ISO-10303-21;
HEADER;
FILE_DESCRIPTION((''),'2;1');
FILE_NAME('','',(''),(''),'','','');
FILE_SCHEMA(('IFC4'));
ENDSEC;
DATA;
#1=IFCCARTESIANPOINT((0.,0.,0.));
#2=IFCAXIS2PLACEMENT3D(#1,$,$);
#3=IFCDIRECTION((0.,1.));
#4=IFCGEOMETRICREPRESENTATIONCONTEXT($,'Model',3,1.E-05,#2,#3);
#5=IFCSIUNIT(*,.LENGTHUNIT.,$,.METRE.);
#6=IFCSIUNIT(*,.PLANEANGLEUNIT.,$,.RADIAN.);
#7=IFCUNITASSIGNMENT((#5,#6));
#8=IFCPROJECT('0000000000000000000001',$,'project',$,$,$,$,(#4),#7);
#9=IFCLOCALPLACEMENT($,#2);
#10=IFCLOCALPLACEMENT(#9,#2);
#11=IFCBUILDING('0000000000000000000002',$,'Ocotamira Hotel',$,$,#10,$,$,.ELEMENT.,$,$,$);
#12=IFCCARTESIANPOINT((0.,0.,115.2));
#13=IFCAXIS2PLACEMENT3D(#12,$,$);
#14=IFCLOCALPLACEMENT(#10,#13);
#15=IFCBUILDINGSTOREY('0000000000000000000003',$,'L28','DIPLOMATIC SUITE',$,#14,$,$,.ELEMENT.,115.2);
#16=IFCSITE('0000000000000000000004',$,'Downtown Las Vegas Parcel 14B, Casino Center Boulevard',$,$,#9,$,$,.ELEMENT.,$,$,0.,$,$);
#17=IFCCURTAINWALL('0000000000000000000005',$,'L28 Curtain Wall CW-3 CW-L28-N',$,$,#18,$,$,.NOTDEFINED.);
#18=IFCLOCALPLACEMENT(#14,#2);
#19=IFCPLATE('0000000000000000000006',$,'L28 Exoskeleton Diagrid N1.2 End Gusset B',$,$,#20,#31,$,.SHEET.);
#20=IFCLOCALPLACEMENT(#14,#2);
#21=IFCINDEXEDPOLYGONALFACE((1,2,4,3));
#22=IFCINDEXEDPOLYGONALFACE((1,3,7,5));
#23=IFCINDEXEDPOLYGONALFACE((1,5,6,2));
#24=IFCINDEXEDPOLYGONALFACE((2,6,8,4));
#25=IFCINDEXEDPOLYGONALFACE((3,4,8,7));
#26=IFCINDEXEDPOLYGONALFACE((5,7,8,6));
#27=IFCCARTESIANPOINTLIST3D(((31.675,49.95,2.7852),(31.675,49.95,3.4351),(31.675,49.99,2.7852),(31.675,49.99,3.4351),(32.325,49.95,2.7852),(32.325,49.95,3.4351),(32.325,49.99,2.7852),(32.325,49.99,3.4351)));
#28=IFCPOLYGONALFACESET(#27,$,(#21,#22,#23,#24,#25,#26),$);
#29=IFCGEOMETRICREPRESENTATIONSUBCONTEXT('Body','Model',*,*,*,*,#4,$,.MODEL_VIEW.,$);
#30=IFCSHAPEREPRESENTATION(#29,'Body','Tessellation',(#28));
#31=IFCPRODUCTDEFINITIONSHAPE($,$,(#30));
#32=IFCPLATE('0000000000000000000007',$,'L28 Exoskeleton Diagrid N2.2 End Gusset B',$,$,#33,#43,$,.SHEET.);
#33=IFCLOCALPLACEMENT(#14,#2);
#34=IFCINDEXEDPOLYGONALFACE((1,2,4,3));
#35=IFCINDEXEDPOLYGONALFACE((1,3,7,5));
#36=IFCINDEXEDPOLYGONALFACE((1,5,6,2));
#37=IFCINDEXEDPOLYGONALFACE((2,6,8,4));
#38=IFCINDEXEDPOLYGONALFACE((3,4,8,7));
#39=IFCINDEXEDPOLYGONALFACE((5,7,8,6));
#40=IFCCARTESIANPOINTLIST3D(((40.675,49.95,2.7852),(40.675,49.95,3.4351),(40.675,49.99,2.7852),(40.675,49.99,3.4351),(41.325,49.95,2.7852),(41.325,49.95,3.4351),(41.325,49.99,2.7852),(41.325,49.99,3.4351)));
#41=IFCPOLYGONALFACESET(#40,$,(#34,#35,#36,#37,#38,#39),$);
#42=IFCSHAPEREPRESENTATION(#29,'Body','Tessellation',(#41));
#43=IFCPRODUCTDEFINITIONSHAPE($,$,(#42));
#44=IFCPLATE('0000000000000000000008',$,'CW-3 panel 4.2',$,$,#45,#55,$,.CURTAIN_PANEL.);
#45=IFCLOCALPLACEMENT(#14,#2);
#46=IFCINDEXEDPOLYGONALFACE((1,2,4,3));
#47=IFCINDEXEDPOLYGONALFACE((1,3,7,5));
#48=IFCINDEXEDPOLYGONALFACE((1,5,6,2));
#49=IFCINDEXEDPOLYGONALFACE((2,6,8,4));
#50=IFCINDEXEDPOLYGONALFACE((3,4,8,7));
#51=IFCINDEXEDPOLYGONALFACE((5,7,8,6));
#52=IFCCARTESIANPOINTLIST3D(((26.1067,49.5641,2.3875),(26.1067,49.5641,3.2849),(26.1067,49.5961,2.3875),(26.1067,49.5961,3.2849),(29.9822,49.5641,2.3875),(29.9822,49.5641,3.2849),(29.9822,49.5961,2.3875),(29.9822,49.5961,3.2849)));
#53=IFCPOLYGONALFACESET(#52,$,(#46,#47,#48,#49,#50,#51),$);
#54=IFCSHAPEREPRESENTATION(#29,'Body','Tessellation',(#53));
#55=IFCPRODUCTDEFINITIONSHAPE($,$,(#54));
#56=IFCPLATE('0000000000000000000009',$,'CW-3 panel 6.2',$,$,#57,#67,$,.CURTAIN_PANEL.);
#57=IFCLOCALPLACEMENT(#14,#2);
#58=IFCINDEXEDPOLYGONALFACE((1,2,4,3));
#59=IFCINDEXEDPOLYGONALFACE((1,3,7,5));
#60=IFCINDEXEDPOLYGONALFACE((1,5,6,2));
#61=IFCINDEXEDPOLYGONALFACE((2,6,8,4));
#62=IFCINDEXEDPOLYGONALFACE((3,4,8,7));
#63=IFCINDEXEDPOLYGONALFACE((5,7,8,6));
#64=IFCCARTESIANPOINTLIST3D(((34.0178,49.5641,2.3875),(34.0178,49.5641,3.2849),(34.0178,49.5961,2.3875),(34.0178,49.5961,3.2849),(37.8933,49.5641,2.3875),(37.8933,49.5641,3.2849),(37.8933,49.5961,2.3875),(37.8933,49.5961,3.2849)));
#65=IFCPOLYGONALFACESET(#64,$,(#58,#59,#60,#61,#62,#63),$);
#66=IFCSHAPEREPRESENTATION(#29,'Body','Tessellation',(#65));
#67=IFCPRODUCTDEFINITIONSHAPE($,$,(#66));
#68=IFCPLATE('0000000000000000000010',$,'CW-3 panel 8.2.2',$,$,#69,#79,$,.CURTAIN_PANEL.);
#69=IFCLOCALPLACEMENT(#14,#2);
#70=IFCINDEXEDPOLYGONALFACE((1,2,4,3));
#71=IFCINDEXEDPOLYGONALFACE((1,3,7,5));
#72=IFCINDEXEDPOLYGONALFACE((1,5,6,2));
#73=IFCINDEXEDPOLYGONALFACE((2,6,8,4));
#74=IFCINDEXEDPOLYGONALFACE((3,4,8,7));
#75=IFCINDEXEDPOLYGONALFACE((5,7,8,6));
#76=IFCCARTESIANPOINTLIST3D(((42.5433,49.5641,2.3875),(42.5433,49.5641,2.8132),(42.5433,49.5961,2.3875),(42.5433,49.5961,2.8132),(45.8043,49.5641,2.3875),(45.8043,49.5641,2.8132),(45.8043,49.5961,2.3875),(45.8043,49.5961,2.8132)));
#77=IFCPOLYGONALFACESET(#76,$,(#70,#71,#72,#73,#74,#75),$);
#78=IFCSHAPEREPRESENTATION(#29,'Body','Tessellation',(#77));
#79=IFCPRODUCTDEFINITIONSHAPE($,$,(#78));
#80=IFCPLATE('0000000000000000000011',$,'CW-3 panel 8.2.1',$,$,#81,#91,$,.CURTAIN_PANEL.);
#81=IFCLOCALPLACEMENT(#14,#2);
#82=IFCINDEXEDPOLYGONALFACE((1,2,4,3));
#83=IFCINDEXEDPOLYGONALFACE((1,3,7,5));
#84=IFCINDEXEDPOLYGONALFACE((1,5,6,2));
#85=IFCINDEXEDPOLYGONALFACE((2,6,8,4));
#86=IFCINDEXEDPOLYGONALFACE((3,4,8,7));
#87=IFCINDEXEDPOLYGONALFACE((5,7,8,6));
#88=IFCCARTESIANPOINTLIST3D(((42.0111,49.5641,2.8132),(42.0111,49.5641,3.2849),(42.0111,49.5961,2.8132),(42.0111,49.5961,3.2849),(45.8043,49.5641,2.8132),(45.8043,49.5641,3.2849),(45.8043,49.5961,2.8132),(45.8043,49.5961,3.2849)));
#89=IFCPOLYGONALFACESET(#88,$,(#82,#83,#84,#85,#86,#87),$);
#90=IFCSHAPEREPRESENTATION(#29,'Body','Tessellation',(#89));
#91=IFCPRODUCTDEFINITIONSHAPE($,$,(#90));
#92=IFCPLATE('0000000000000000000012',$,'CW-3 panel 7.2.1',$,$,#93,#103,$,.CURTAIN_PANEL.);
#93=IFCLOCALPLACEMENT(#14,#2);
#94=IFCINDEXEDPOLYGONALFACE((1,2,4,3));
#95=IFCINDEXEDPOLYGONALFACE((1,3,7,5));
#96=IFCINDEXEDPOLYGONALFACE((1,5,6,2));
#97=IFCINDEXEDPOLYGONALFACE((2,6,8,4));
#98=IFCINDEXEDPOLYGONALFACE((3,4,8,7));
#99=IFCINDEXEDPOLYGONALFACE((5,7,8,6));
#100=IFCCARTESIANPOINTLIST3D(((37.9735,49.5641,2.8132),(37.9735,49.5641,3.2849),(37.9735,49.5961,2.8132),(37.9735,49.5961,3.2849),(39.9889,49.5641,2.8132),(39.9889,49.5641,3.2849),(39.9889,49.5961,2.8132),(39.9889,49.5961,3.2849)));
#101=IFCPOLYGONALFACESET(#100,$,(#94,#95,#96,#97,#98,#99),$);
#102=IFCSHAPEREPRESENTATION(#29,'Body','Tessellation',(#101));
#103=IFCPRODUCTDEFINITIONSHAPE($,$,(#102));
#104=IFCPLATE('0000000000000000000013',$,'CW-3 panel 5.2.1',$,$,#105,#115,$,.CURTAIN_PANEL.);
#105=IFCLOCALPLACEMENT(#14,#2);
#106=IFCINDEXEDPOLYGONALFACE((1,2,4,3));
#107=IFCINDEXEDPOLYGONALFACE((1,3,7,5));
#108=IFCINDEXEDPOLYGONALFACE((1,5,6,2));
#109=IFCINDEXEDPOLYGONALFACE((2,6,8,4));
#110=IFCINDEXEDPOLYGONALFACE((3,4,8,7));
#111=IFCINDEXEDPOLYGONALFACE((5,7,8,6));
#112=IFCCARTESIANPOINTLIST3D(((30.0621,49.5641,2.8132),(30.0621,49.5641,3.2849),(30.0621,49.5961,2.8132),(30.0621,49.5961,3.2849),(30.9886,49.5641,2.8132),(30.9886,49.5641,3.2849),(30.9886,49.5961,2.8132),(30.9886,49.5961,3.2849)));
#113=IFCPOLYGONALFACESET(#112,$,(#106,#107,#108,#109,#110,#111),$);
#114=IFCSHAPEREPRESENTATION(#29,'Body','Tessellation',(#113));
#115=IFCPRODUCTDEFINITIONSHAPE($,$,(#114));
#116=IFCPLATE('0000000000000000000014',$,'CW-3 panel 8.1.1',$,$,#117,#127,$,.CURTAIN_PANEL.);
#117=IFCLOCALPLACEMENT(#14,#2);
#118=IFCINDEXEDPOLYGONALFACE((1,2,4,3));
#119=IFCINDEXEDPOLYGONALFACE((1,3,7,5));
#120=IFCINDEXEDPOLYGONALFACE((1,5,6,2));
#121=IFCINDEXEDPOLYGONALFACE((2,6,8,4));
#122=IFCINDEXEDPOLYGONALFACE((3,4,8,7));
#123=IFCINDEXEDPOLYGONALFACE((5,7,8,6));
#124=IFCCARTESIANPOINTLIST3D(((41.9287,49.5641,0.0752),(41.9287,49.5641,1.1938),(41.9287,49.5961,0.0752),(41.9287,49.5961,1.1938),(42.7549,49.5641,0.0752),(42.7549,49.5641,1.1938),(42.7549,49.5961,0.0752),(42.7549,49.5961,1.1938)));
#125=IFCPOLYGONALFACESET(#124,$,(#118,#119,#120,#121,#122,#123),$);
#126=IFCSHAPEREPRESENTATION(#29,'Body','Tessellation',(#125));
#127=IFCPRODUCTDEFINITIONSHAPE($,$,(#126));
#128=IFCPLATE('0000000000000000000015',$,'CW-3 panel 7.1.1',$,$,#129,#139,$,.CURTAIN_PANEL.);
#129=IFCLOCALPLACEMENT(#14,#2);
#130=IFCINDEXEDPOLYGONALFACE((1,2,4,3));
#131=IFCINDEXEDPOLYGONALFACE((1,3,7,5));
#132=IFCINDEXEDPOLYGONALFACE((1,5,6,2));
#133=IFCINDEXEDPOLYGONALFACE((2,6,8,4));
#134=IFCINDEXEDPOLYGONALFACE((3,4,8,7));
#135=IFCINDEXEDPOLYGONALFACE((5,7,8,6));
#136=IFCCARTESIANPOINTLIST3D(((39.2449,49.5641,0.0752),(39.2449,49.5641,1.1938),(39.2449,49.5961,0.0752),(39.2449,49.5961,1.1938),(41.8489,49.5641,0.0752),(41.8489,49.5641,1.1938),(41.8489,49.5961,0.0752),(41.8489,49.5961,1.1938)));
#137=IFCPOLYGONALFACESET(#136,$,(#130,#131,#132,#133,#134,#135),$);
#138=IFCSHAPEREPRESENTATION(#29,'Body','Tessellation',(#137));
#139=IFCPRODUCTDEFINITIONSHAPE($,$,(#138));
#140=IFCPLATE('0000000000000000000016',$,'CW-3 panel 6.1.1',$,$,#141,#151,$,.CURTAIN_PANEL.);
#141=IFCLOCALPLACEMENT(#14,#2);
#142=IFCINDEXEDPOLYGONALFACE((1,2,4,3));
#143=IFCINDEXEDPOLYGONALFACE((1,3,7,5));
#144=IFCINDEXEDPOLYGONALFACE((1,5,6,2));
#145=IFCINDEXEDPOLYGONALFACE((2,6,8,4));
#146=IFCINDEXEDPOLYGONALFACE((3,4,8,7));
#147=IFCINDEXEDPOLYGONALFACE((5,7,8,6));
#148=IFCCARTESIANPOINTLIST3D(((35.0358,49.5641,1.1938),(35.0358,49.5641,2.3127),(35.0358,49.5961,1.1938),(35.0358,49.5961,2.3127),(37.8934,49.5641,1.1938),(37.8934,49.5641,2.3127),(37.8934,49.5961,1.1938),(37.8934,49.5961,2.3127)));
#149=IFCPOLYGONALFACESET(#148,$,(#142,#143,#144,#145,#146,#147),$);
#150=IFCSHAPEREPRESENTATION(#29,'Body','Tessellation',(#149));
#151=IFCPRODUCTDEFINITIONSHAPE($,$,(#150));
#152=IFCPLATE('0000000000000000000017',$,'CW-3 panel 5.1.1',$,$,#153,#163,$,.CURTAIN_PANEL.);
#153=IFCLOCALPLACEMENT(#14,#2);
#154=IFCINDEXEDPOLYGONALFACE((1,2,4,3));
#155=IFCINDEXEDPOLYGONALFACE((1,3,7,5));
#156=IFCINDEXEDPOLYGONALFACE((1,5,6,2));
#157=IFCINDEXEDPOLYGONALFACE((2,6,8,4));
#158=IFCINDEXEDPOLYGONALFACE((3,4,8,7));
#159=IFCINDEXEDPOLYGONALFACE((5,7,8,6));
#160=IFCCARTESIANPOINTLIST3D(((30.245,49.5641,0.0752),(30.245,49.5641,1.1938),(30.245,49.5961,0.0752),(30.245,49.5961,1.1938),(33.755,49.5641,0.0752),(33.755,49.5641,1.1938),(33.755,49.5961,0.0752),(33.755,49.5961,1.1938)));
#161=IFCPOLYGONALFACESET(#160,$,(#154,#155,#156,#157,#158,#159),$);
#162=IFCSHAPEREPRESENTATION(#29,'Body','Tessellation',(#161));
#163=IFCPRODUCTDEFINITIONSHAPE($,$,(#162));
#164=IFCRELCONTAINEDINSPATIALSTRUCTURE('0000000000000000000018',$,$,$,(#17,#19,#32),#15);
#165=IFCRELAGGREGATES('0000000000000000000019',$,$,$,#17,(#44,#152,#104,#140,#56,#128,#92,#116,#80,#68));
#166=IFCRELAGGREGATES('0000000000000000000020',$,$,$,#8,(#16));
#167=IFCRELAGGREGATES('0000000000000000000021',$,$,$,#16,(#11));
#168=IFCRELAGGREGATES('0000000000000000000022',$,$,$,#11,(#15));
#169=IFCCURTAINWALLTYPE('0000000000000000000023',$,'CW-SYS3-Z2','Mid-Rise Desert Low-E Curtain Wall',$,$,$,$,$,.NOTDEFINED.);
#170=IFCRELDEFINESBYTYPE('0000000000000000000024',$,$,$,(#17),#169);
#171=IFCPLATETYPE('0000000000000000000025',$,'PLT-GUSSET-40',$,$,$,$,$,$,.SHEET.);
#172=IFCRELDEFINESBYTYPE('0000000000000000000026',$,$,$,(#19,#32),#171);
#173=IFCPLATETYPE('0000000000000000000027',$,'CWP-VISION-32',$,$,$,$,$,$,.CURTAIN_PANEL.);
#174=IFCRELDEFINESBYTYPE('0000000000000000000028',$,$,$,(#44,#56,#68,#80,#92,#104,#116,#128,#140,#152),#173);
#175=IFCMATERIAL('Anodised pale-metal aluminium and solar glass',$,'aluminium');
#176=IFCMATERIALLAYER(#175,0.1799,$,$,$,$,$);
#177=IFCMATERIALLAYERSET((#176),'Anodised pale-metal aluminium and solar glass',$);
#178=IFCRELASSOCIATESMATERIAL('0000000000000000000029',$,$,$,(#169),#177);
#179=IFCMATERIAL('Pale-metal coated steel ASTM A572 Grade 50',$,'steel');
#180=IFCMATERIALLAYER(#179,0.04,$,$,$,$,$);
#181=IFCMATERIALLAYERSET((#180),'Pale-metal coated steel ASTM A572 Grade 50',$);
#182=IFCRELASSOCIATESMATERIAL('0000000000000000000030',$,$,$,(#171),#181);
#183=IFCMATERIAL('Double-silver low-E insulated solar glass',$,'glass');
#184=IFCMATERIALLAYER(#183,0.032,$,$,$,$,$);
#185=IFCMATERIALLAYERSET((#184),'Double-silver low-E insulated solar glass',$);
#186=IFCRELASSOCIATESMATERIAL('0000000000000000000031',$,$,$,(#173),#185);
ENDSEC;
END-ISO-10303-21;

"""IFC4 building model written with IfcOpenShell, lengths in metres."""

from ifc_helpers import new_model, si_unit, direction, frame, origin, origin_2d, place, context, subcontext, project, spatial, rectangle, extrude, source, transform, mapped, material, layer, layer_set, type_object, element, aggregate, save


model = new_model("IFC4")

# Units and contexts
model_context = context("Model", 3, precision=1e-05, world=origin(), true_north=direction((0.0, 1.0)))
body_context = subcontext(model_context, "Body", "Model", "MODEL_VIEW")
ifc_project = project(units=[si_unit("LENGTHUNIT", "METRE"), si_unit("PLANEANGLEUNIT", "RADIAN")], contexts=[model_context])

# Site, building, storey
site_placement = place(None, origin())
site = spatial("IfcSite", under=ifc_project, at=site_placement, Name="Downtown Las Vegas Parcel 14B, Casino Center Boulevard", CompositionType="ELEMENT", RefElevation=0.0)
building_placement = place(site_placement, origin())
building = spatial("IfcBuilding", under=site, at=building_placement, Name="Ocotamira Hotel", CompositionType="ELEMENT")
storey_placement = place(building_placement, frame((0.0, 0.0, 115.2)))
storey = spatial("IfcBuildingStorey", under=building, at=storey_placement, Name="L28", Description="DIPLOMATIC SUITE", CompositionType="ELEMENT", Elevation=115.2)

# Curtain wall
ifc_material_1 = material(Name="Anodised pale-metal aluminium and solar glass", Category="aluminium")
ifc_layer_1 = layer(ifc_material_1, 0.1799)
ifc_layer_set_1 = layer_set([ifc_layer_1], Name="Anodised pale-metal aluminium and solar glass")
curtain_wall_type = type_object("IfcCurtainWallType", Name="CW-SYS3-Z2", Description="Mid-Rise Desert Low-E Curtain Wall", PredefinedType="NOTDEFINED", material=ifc_layer_set_1)
curtain_wall_placement = place(storey_placement, origin())
curtain_wall = element("IfcCurtainWall", 1, at=curtain_wall_placement, inside=storey, type_object=curtain_wall_type, Name="L28 Curtain Wall CW-3 CW-L28-N", PredefinedType="NOTDEFINED")

# Plates
ifc_material_2 = material(Name="Pale-metal coated steel ASTM A572 Grade 50", Category="steel")
ifc_layer_2 = layer(ifc_material_2, 0.04)
ifc_layer_set_2 = layer_set([ifc_layer_2], Name="Pale-metal coated steel ASTM A572 Grade 50")
plate_type_1 = type_object("IfcPlateType", Name="PLT-GUSSET-40", PredefinedType="SHEET", material=ifc_layer_set_2)
shared_shape_1 = source(origin(), body_context, "Body", "SweptSolid", [
    extrude(rectangle(XDim=0.6499, YDim=0.04, at=origin_2d()), origin(), (0.0, 0.0, 1.0), 0.6499),
])
for number, where, z_axis, x_axis, name in (
    (2, (32.0, 49.97, 2.7852), (0.0, 0.0, 1.0), (1.0, 0.0, 0.0), "L28 Exoskeleton Diagrid N1.2 End Gusset B"),
    (3, (41.0, 49.97, 2.7852), (0.0, 0.0, 1.0), (1.0, 0.0, 0.0), "L28 Exoskeleton Diagrid N2.2 End Gusset B"),
):
    element("IfcPlate", number, at=place(storey_placement, frame(where, z_axis=z_axis, x_axis=x_axis)), inside=storey, type_object=plate_type_1, Name=name, PredefinedType="SHEET", context=body_context, shape_type="MappedRepresentation", body=[
        mapped(shared_shape_1, transform((0.0, 0.0, 0.0), scale=1.0)),
    ])

# Plates
ifc_material_3 = material(Name="Double-silver low-E insulated solar glass", Category="glass")
ifc_layer_3 = layer(ifc_material_3, 0.032)
ifc_layer_set_3 = layer_set([ifc_layer_3], Name="Double-silver low-E insulated solar glass")
plate_type_2 = type_object("IfcPlateType", Name="CWP-VISION-32", PredefinedType="CURTAIN_PANEL", material=ifc_layer_set_3)
shared_shape_2 = source(origin(), body_context, "Body", "SweptSolid", [
    extrude(rectangle(XDim=3.8755, YDim=0.032, at=origin_2d()), origin(), (0.0, 0.0, 1.0), 0.8975),
])
plate_1_placement = place(storey_placement, frame((28.0444, 49.5801, 2.3875), z_axis=(0.0, 0.0, 1.0), x_axis=(1.0, 0.0, 0.0)))
plate_1 = element("IfcPlate", 4, at=plate_1_placement, type_object=plate_type_2, Name="CW-3 panel 4.2", PredefinedType="CURTAIN_PANEL", context=body_context, shape_type="MappedRepresentation", body=[
    mapped(shared_shape_2, transform((0.0, 0.0, 0.0), scale=1.0)),
])
plate_2_placement = place(storey_placement, frame((35.9556, 49.5801, 2.3875), z_axis=(0.0, 0.0, 1.0), x_axis=(1.0, 0.0, 0.0)))
plate_2 = element("IfcPlate", 5, at=plate_2_placement, type_object=plate_type_2, Name="CW-3 panel 6.2", PredefinedType="CURTAIN_PANEL", context=body_context, shape_type="MappedRepresentation", body=[
    mapped(shared_shape_2, transform((0.0, 0.0, 0.0), scale=1.0)),
])
shared_shape_3 = source(origin(), body_context, "Body", "SweptSolid", [
    extrude(rectangle(XDim=3.261, YDim=0.032, at=origin_2d()), origin(), (0.0, 0.0, 1.0), 0.4258),
])
plate_3_placement = place(storey_placement, frame((44.1738, 49.5801, 2.3875), z_axis=(0.0, 0.0, 1.0), x_axis=(1.0, 0.0, 0.0)))
plate_3 = element("IfcPlate", 6, at=plate_3_placement, type_object=plate_type_2, Name="CW-3 panel 8.2.2", PredefinedType="CURTAIN_PANEL", context=body_context, shape_type="MappedRepresentation", body=[
    mapped(shared_shape_3, transform((0.0, 0.0, 0.0), scale=1.0)),
])
shared_shape_4 = source(origin(), body_context, "Body", "SweptSolid", [
    extrude(rectangle(XDim=3.7932, YDim=0.032, at=origin_2d()), origin(), (0.0, 0.0, 1.0), 0.4717),
])
plate_4_placement = place(storey_placement, frame((43.9077, 49.5801, 2.8132), z_axis=(0.0, 0.0, 1.0), x_axis=(1.0, 0.0, 0.0)))
plate_4 = element("IfcPlate", 7, at=plate_4_placement, type_object=plate_type_2, Name="CW-3 panel 8.2.1", PredefinedType="CURTAIN_PANEL", context=body_context, shape_type="MappedRepresentation", body=[
    mapped(shared_shape_4, transform((0.0, 0.0, 0.0), scale=1.0)),
])
shared_shape_5 = source(origin(), body_context, "Body", "SweptSolid", [
    extrude(rectangle(XDim=2.0154, YDim=0.032, at=origin_2d()), origin(), (0.0, 0.0, 1.0), 0.4717),
])
plate_5_placement = place(storey_placement, frame((38.9812, 49.5801, 2.8132), z_axis=(0.0, 0.0, 1.0), x_axis=(1.0, 0.0, 0.0)))
plate_5 = element("IfcPlate", 8, at=plate_5_placement, type_object=plate_type_2, Name="CW-3 panel 7.2.1", PredefinedType="CURTAIN_PANEL", context=body_context, shape_type="MappedRepresentation", body=[
    mapped(shared_shape_5, transform((0.0, 0.0, 0.0), scale=1.0)),
])
shared_shape_6 = source(origin(), body_context, "Body", "SweptSolid", [
    extrude(rectangle(XDim=0.9265, YDim=0.032, at=origin_2d()), origin(), (0.0, 0.0, 1.0), 0.4717),
])
plate_6_placement = place(storey_placement, frame((30.5254, 49.5801, 2.8132), z_axis=(0.0, 0.0, 1.0), x_axis=(1.0, 0.0, 0.0)))
plate_6 = element("IfcPlate", 9, at=plate_6_placement, type_object=plate_type_2, Name="CW-3 panel 5.2.1", PredefinedType="CURTAIN_PANEL", context=body_context, shape_type="MappedRepresentation", body=[
    mapped(shared_shape_6, transform((0.0, 0.0, 0.0), scale=1.0)),
])
shared_shape_7 = source(origin(), body_context, "Body", "SweptSolid", [
    extrude(rectangle(XDim=0.8262, YDim=0.032, at=origin_2d()), origin(), (0.0, 0.0, 1.0), 1.1187),
])
plate_7_placement = place(storey_placement, frame((42.3418, 49.5801, 0.0752), z_axis=(0.0, 0.0, 1.0), x_axis=(1.0, 0.0, 0.0)))
plate_7 = element("IfcPlate", 10, at=plate_7_placement, type_object=plate_type_2, Name="CW-3 panel 8.1.1", PredefinedType="CURTAIN_PANEL", context=body_context, shape_type="MappedRepresentation", body=[
    mapped(shared_shape_7, transform((0.0, 0.0, 0.0), scale=1.0)),
])
shared_shape_8 = source(origin(), body_context, "Body", "SweptSolid", [
    extrude(rectangle(XDim=2.604, YDim=0.032, at=origin_2d()), origin(), (0.0, 0.0, 1.0), 1.1187),
])
plate_8_placement = place(storey_placement, frame((40.5469, 49.5801, 0.0752), z_axis=(0.0, 0.0, 1.0), x_axis=(1.0, 0.0, 0.0)))
plate_8 = element("IfcPlate", 11, at=plate_8_placement, type_object=plate_type_2, Name="CW-3 panel 7.1.1", PredefinedType="CURTAIN_PANEL", context=body_context, shape_type="MappedRepresentation", body=[
    mapped(shared_shape_8, transform((0.0, 0.0, 0.0), scale=1.0)),
])
shared_shape_9 = source(origin(), body_context, "Body", "SweptSolid", [
    extrude(rectangle(XDim=2.8577, YDim=0.032, at=origin_2d()), origin(), (0.0, 0.0, 1.0), 1.1189),
])
plate_9_placement = place(storey_placement, frame((36.4646, 49.5801, 1.1938), z_axis=(0.0, 0.0, 1.0), x_axis=(1.0, 0.0, 0.0)))
plate_9 = element("IfcPlate", 12, at=plate_9_placement, type_object=plate_type_2, Name="CW-3 panel 6.1.1", PredefinedType="CURTAIN_PANEL", context=body_context, shape_type="MappedRepresentation", body=[
    mapped(shared_shape_9, transform((0.0, 0.0, 0.0), scale=1.0)),
])
shared_shape_10 = source(origin(), body_context, "Body", "SweptSolid", [
    extrude(rectangle(XDim=3.51, YDim=0.032, at=origin_2d()), origin(), (0.0, 0.0, 1.0), 1.1187),
])
plate_10_placement = place(storey_placement, frame((32.0, 49.5801, 0.0752), z_axis=(0.0, 0.0, 1.0), x_axis=(1.0, 0.0, 0.0)))
plate_10 = element("IfcPlate", 13, at=plate_10_placement, type_object=plate_type_2, Name="CW-3 panel 5.1.1", PredefinedType="CURTAIN_PANEL", context=body_context, shape_type="MappedRepresentation", body=[
    mapped(shared_shape_10, transform((0.0, 0.0, 0.0), scale=1.0)),
])
aggregate(curtain_wall, [plate_1, plate_10, plate_6, plate_9, plate_2, plate_8, plate_5, plate_7, plate_4, plate_3])

save(model, "model.ifc")
